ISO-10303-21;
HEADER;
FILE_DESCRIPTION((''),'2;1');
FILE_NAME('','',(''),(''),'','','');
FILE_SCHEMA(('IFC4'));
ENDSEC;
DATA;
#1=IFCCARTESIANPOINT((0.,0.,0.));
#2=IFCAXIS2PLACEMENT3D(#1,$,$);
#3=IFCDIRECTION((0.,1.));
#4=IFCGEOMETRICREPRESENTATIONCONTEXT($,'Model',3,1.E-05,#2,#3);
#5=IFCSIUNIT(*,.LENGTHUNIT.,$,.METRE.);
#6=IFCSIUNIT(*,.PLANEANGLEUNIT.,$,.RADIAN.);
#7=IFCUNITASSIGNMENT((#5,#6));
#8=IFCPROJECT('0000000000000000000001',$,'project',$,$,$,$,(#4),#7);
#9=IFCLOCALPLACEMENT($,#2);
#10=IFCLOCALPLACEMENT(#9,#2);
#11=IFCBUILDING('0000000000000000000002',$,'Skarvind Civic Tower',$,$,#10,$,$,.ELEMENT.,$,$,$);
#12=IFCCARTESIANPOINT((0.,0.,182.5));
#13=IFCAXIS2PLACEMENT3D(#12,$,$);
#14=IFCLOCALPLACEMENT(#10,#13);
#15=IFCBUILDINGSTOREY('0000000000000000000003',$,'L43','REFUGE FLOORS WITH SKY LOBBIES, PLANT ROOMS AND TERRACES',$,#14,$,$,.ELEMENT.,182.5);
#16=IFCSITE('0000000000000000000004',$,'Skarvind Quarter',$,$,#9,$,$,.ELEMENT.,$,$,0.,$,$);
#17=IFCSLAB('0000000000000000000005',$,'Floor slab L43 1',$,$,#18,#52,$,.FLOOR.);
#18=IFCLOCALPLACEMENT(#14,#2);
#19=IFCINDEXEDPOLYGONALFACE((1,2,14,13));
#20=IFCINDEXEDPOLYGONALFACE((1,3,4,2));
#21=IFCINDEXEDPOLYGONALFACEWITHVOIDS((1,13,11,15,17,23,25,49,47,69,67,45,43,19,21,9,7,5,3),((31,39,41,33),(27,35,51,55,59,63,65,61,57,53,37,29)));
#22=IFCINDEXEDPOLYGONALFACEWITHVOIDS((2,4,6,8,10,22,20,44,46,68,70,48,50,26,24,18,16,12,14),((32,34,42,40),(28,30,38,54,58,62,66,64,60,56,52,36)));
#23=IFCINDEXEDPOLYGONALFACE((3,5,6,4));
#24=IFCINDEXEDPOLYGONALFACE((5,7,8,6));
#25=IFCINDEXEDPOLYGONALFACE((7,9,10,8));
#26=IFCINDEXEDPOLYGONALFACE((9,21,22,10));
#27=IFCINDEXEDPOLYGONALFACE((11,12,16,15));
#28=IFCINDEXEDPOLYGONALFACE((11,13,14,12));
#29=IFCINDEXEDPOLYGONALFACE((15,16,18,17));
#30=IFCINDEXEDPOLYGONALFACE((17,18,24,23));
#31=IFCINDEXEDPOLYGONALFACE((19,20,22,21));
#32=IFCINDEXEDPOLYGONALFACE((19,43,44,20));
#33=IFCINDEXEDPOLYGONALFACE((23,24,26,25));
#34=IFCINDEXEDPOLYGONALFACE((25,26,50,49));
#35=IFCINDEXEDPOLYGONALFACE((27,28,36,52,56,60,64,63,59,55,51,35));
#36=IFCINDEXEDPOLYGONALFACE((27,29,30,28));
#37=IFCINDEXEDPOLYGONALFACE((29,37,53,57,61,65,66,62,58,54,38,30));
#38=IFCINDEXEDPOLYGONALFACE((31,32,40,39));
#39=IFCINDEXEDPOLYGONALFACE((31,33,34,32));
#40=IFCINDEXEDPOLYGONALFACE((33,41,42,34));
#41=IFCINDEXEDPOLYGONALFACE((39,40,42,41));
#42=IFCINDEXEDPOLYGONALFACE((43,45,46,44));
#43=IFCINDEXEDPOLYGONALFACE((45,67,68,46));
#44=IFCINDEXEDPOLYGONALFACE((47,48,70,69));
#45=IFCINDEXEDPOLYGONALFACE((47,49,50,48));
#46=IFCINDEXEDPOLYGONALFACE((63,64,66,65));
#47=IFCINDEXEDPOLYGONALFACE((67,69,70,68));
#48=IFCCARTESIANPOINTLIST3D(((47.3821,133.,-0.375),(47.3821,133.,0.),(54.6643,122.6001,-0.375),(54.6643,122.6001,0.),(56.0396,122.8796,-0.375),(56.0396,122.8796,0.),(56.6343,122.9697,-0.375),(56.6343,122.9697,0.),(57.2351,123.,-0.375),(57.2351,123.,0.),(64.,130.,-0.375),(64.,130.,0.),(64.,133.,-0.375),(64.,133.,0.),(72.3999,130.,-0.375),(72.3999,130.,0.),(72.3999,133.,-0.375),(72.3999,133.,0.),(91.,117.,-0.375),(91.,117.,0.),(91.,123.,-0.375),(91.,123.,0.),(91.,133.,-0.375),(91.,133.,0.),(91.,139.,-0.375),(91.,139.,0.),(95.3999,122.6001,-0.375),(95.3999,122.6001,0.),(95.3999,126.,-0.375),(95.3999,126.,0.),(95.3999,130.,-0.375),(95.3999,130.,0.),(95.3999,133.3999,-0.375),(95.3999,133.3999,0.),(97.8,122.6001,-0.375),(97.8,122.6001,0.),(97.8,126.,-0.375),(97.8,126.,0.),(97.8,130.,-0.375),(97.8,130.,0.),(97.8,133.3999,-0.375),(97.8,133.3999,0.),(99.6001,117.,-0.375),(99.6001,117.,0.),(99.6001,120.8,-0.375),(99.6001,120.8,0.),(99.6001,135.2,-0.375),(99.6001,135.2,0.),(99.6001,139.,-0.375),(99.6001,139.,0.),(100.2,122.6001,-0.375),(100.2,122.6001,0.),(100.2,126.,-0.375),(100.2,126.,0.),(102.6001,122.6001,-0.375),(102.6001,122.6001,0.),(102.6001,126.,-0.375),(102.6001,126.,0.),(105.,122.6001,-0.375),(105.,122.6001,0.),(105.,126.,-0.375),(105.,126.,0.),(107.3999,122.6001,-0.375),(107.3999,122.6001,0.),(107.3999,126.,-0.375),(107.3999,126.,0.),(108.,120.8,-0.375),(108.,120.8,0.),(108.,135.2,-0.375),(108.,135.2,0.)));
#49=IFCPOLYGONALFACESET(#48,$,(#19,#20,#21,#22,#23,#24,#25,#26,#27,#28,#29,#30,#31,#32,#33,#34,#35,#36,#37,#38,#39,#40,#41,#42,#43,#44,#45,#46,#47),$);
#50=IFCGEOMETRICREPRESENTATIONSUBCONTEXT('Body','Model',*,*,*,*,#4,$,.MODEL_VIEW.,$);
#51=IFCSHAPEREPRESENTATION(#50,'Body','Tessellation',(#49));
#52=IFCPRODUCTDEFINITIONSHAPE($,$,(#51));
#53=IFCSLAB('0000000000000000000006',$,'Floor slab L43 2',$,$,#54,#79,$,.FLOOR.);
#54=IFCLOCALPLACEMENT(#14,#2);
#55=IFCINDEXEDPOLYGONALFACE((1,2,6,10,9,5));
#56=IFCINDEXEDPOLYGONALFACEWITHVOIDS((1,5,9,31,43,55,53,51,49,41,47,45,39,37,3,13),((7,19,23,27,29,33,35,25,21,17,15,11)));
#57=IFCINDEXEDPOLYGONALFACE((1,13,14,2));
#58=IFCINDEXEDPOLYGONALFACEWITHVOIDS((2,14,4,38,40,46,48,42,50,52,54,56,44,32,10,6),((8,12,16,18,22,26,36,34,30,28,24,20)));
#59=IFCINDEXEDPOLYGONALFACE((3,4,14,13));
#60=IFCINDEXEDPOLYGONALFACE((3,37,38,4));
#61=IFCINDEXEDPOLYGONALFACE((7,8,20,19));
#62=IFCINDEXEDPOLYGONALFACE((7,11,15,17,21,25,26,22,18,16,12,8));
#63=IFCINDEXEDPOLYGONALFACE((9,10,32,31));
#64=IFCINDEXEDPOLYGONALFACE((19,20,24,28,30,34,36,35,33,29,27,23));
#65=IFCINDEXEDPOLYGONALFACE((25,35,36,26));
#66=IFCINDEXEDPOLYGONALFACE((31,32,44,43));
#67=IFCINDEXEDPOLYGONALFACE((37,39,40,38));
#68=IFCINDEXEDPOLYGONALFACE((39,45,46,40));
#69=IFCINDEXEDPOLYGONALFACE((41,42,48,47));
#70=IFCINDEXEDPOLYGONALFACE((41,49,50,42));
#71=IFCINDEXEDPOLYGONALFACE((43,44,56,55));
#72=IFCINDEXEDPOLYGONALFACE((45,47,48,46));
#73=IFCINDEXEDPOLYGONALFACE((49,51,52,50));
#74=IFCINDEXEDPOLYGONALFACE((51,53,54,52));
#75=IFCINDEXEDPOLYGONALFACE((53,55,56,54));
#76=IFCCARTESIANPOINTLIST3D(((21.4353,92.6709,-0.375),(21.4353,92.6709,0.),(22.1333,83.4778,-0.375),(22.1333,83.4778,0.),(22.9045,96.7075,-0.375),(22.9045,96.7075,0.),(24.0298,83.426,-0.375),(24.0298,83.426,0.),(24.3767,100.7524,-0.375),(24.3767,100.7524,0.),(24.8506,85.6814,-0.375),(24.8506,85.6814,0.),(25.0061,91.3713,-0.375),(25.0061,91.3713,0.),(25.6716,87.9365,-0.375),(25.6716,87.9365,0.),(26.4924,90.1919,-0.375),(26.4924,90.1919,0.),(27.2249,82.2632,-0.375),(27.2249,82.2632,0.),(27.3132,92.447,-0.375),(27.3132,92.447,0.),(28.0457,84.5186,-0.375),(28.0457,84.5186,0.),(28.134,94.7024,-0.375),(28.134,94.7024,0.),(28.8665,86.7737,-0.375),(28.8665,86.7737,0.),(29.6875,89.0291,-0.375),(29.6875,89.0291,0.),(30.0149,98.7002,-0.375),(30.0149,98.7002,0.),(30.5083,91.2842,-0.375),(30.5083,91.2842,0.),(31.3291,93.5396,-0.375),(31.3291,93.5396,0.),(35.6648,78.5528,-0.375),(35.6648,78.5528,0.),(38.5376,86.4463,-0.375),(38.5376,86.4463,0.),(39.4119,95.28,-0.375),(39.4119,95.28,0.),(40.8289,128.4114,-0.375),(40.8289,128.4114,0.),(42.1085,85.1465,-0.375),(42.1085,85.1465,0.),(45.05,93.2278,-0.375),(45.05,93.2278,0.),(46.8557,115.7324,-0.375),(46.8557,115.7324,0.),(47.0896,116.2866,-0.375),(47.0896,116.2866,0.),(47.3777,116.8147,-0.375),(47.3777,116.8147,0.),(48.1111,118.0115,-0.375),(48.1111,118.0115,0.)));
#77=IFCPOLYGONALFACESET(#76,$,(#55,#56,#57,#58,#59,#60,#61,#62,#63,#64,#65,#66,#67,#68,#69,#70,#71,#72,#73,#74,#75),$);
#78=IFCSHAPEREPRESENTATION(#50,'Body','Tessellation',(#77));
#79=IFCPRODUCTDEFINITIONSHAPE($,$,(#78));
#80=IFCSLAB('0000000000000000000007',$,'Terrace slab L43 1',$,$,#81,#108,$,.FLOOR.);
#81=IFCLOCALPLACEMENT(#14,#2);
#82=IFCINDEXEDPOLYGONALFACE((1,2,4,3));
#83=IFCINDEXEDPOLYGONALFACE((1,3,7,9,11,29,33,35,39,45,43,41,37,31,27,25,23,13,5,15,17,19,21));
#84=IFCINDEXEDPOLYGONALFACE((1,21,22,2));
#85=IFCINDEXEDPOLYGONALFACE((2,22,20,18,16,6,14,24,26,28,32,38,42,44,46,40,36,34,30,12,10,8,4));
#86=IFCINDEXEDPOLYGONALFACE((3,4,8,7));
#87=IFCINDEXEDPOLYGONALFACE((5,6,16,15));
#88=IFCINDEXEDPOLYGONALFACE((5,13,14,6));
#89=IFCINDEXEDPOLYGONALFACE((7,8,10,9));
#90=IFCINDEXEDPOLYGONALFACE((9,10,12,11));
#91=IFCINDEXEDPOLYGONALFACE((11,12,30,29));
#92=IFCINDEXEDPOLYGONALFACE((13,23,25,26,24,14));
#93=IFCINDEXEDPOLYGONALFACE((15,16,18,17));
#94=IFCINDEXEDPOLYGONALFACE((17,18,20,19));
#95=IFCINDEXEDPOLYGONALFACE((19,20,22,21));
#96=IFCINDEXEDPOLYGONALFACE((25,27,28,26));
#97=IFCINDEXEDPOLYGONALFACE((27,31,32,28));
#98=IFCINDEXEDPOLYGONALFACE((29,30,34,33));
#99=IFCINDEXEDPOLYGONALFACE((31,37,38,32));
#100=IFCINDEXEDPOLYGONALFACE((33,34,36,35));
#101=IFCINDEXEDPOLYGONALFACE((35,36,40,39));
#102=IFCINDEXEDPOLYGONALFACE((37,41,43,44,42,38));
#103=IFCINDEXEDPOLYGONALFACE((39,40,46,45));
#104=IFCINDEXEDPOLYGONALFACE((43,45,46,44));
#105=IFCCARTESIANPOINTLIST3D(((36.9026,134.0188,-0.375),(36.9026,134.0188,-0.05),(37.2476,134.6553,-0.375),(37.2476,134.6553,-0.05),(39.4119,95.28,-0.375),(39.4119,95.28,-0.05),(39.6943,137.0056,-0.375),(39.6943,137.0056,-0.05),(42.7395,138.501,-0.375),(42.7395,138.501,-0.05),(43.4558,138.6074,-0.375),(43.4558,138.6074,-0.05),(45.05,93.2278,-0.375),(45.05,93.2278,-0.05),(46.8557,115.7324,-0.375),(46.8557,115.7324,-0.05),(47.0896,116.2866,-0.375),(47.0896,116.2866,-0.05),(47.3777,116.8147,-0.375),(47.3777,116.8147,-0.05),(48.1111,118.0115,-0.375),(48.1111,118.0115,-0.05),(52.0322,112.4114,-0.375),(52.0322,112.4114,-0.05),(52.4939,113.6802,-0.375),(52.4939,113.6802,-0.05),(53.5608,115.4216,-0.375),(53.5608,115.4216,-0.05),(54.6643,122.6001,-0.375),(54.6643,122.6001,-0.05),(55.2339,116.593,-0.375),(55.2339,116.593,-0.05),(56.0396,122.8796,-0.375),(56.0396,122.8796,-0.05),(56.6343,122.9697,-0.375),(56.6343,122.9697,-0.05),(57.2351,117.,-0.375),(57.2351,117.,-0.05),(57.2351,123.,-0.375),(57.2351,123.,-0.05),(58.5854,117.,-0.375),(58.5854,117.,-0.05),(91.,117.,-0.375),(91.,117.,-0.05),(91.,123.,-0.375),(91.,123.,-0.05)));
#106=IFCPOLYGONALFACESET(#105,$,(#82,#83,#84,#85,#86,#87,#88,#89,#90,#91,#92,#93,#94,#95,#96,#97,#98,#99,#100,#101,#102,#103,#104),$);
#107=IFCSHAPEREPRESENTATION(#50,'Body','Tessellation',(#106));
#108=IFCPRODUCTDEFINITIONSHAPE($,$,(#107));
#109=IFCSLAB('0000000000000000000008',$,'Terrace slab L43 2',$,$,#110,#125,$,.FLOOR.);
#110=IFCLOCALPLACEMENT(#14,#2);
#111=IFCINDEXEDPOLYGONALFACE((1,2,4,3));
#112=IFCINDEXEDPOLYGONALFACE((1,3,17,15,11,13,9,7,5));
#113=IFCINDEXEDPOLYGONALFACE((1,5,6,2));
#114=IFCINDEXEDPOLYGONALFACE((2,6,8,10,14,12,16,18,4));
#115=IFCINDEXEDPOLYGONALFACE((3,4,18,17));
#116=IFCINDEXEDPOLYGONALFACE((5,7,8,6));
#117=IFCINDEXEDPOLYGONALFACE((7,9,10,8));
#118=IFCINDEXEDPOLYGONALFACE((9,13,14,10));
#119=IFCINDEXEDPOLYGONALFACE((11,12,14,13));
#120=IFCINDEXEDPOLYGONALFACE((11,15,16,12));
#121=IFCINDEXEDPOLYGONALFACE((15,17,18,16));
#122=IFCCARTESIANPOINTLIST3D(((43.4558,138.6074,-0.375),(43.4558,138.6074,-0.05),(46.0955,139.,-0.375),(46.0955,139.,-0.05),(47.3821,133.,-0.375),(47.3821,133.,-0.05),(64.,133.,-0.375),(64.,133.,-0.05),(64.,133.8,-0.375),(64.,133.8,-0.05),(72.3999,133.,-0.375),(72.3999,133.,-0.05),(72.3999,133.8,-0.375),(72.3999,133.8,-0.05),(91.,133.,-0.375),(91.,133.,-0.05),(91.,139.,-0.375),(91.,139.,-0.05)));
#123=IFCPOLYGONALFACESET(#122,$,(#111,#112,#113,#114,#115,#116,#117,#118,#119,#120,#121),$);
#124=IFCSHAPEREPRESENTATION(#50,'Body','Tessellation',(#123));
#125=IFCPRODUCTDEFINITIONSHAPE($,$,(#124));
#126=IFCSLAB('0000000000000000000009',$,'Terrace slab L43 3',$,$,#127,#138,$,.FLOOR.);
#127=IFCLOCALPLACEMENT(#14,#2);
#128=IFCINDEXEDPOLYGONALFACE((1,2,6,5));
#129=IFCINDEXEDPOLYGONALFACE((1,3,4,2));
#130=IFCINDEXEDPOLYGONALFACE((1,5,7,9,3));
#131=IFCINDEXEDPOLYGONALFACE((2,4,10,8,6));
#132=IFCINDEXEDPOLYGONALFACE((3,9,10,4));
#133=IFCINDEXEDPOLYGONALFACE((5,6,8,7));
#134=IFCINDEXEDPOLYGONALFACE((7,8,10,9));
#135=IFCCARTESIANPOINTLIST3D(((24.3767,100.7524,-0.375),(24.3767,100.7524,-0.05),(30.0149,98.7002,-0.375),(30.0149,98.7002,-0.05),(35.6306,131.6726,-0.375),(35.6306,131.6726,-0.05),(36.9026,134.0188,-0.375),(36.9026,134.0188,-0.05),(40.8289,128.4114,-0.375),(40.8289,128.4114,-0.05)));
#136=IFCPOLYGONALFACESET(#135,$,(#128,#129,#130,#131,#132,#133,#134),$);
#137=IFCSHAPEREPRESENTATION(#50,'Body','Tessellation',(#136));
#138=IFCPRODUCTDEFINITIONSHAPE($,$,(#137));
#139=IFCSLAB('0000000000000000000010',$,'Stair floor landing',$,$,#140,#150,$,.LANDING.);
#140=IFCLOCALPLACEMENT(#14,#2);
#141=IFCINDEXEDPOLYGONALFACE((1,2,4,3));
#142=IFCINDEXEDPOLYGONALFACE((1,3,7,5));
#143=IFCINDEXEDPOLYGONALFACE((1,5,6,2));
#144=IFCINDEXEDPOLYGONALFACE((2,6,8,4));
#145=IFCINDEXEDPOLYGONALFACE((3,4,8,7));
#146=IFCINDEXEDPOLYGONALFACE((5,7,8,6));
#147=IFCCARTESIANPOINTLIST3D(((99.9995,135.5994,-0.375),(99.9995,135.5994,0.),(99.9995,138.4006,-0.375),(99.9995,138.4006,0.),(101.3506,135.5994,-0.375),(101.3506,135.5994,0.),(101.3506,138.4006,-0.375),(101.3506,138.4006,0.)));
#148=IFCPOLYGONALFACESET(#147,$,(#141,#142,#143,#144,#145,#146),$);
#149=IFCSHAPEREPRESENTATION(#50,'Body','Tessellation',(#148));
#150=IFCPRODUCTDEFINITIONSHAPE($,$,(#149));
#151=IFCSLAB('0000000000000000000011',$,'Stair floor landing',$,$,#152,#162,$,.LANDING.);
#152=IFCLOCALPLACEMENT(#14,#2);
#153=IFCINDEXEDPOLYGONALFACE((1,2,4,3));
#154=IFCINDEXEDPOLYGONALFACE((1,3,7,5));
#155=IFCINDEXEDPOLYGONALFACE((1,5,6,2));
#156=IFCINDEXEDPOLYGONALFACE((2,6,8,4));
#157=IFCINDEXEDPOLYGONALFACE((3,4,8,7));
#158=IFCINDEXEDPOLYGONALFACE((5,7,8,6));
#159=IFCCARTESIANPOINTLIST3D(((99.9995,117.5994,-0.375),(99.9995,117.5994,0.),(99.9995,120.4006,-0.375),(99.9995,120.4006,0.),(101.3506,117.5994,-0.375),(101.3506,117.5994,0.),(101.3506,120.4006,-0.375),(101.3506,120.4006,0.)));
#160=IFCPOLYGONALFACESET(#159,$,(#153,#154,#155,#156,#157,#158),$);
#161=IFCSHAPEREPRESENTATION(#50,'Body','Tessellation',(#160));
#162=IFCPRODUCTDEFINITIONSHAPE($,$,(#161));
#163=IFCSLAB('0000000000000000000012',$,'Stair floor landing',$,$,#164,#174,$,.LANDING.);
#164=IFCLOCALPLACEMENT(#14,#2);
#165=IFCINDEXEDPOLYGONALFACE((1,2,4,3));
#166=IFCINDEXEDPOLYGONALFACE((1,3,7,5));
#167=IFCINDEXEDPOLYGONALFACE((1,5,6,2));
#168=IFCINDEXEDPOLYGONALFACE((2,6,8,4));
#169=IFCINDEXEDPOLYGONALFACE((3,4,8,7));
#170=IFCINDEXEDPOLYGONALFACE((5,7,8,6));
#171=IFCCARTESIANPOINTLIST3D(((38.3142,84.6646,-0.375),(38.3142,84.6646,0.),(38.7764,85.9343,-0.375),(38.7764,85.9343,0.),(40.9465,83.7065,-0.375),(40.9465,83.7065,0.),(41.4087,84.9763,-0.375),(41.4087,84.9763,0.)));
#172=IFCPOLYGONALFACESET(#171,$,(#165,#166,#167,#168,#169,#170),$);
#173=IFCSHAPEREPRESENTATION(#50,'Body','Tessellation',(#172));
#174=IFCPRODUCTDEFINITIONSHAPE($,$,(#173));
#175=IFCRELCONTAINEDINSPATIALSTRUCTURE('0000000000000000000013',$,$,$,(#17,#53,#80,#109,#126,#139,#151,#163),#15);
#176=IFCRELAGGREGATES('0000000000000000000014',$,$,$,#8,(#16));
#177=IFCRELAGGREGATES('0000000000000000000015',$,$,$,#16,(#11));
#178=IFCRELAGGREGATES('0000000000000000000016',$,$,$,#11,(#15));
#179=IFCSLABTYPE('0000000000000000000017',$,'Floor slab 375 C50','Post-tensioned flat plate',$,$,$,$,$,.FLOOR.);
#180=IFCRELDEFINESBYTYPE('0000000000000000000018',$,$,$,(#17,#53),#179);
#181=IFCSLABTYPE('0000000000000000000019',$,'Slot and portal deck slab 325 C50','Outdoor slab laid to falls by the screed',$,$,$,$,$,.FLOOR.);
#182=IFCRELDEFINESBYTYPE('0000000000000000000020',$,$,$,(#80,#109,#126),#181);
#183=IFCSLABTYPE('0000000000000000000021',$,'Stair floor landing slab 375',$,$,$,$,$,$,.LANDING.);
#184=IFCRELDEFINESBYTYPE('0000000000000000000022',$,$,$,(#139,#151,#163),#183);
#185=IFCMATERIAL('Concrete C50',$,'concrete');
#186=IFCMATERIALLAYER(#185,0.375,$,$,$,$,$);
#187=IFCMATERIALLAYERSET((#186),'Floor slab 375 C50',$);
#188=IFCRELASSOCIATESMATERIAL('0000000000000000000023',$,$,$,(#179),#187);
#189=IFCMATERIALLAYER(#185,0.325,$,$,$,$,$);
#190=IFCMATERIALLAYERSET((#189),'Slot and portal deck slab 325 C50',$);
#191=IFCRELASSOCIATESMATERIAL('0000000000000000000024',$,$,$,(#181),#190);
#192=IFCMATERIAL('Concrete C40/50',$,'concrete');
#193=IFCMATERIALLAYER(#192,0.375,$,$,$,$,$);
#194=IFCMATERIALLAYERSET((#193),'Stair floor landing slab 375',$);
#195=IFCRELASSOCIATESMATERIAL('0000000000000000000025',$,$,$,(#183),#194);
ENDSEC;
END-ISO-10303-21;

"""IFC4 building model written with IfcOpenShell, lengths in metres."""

from ifc_helpers import new_model, si_unit, direction, frame, origin, place, context, subcontext, project, spatial, polyline, outline, extrude, material, layer, layer_set, type_object, element, save


model = new_model("IFC4")

# Units and contexts
model_context = context("Model", 3, precision=1e-05, world=origin(), true_north=direction((0.0, 1.0)))
body_context = subcontext(model_context, "Body", "Model", "MODEL_VIEW")
ifc_project = project(units=[si_unit("LENGTHUNIT", "METRE"), si_unit("PLANEANGLEUNIT", "RADIAN")], contexts=[model_context])

# Site, building, storey
site_placement = place(None, origin())
site = spatial("IfcSite", under=ifc_project, at=site_placement, Name="Skarvind Quarter", CompositionType="ELEMENT", RefElevation=0.0)
building_placement = place(site_placement, origin())
building = spatial("IfcBuilding", under=site, at=building_placement, Name="Skarvind Civic Tower", CompositionType="ELEMENT")
storey_placement = place(building_placement, frame((0.0, 0.0, 182.5)))
storey = spatial("IfcBuildingStorey", under=building, at=storey_placement, Name="L43", Description="REFUGE FLOORS WITH SKY LOBBIES, PLANT ROOMS AND TERRACES", CompositionType="ELEMENT", Elevation=182.5)

# Slabs
ifc_material_1 = material(Name="Concrete C50", Category="concrete")
ifc_layer_1 = layer(ifc_material_1, 0.375)
ifc_layer_set_1 = layer_set([ifc_layer_1], Name="Floor slab 375 C50")
slab_type_1 = type_object("IfcSlabType", Name="Floor slab 375 C50", Description="Post-tensioned flat plate", PredefinedType="FLOOR", material=ifc_layer_set_1)
slab_1_placement = place(storey_placement, frame((0.0, 0.0, -0.375)))
element("IfcSlab", 1, at=slab_1_placement, inside=storey, type_object=slab_type_1, Name="Floor slab L43 1", PredefinedType="FLOOR", context=body_context, shape_type="SweptSolid", body=[
    extrude(outline(polyline([(72.3999, 133.0), (72.3999, 130.0), (64.0, 130.0), (64.0, 133.0), (47.3821, 133.0), (54.6643, 122.6001), (56.0396, 122.8796), (56.6343, 122.9697), (57.2351, 123.0), (91.0, 123.0), (91.0, 117.0), (99.6001, 117.0), (99.6001, 120.8), (108.0, 120.8), (108.0, 135.2), (99.6001, 135.2), (99.6001, 139.0), (91.0, 139.0), (91.0, 133.0), (72.3999, 133.0)]), holes=[polyline([(97.8, 126.0), (100.2, 126.0), (102.6001, 126.0), (105.0, 126.0), (107.3999, 126.0), (107.3999, 122.6001), (105.0, 122.6001), (102.6001, 122.6001), (100.2, 122.6001), (97.8, 122.6001), (95.3999, 122.6001), (95.3999, 126.0), (97.8, 126.0)]), polyline([(97.8, 133.3999), (97.8, 130.0), (95.3999, 130.0), (95.3999, 133.3999), (97.8, 133.3999)])]), origin(), (0.0, 0.0, 1.0), 0.375),
])
slab_2_placement = place(storey_placement, frame((0.0, 0.0, -0.375)))
element("IfcSlab", 2, at=slab_2_placement, inside=storey, type_object=slab_type_1, Name="Floor slab L43 2", PredefinedType="FLOOR", context=body_context, shape_type="SweptSolid", body=[
    extrude(outline(polyline([(47.0896, 116.2866), (47.3777, 116.8147), (48.1111, 118.0115), (40.8289, 128.4114), (30.0149, 98.7002), (24.3767, 100.7524), (22.9045, 96.7075), (19.4753, 87.2861), (19.4175, 87.1267), (21.4353, 92.6709), (25.0061, 91.3713), (22.1333, 83.4778), (36.8865, 78.1082), (35.6648, 78.5527), (38.5376, 86.4463), (42.1086, 85.1465), (42.0154, 84.8906), (45.05, 93.2278), (39.4119, 95.28), (46.8557, 115.7324), (47.0896, 116.2866)]), holes=[polyline([(25.6716, 87.9365), (26.4924, 90.1919), (27.3132, 92.447), (28.134, 94.7024), (31.3291, 93.5396), (30.5083, 91.2842), (29.6875, 89.0291), (28.8665, 86.7737), (28.8665, 86.7737), (28.0457, 84.5186), (27.2249, 82.2632), (24.0298, 83.426), (24.8506, 85.6814), (25.6716, 87.9365), (25.6716, 87.9365)])]), origin(), (0.0, 0.0, 1.0), 0.375),
])
ifc_layer_2 = layer(ifc_material_1, 0.325)
ifc_layer_set_2 = layer_set([ifc_layer_2], Name="Slot and portal deck slab 325 C50")
slab_type_2 = type_object("IfcSlabType", Name="Slot and portal deck slab 325 C50", Description="Outdoor slab laid to falls by the screed", PredefinedType="FLOOR", material=ifc_layer_set_2)
slab_3_placement = place(storey_placement, frame((0.0, 0.0, -0.375)))
element("IfcSlab", 3, at=slab_3_placement, inside=storey, type_object=slab_type_2, Name="Terrace slab L43 1", PredefinedType="FLOOR", context=body_context, shape_type="SweptSolid", body=[
    extrude(outline(polyline([(46.8557, 115.7324), (39.4119, 95.28), (45.05, 93.2278), (52.0322, 112.4114), (52.4939, 113.6802), (53.5608, 115.4216), (55.2339, 116.593), (57.2351, 117.0), (58.5854, 117.0), (91.0, 117.0), (91.0, 123.0), (57.2351, 123.0), (56.6343, 122.9697), (56.0396, 122.8796), (54.6643, 122.6001), (43.4558, 138.6074), (42.7395, 138.501), (39.6943, 137.0056), (37.2476, 134.6553), (36.9026, 134.0188), (48.1111, 118.0115), (47.3777, 116.8147), (47.0896, 116.2866), (46.8557, 115.7324)])), origin(), (0.0, 0.0, 1.0), 0.325),
])
slab_4_placement = place(storey_placement, frame((0.0, 0.0, -0.375)))
element("IfcSlab", 4, at=slab_4_placement, inside=storey, type_object=slab_type_2, Name="Terrace slab L43 2", PredefinedType="FLOOR", context=body_context, shape_type="SweptSolid", body=[
    extrude(outline(polyline([(72.3999, 133.0), (91.0, 133.0), (91.0, 139.0), (46.0955, 139.0), (43.4558, 138.6074), (47.3821, 133.0), (64.0, 133.0), (64.0, 133.8), (72.3999, 133.8), (72.3999, 133.0)])), origin(), (0.0, 0.0, 1.0), 0.325),
])
slab_5_placement = place(storey_placement, frame((0.0, 0.0, -0.375)))
element("IfcSlab", 5, at=slab_5_placement, inside=storey, type_object=slab_type_2, Name="Terrace slab L43 3", PredefinedType="FLOOR", context=body_context, shape_type="SweptSolid", body=[
    extrude(outline(polyline([(30.0149, 98.7002), (40.8289, 128.4114), (36.9026, 134.0188), (35.6306, 131.6726), (24.3767, 100.7524), (30.0149, 98.7002)])), origin(), (0.0, 0.0, 1.0), 0.325),
])
ifc_material_2 = material(Name="Concrete C40/50", Category="concrete")
ifc_layer_3 = layer(ifc_material_2, 0.375)
ifc_layer_set_3 = layer_set([ifc_layer_3], Name="Stair floor landing slab 375")
slab_type_3 = type_object("IfcSlabType", Name="Stair floor landing slab 375", PredefinedType="LANDING", material=ifc_layer_set_3)
slab_6_placement = place(storey_placement, frame((0.0, 0.0, -0.375)))
element("IfcSlab", 6, at=slab_6_placement, inside=storey, type_object=slab_type_3, Name="Stair floor landing", PredefinedType="LANDING", context=body_context, shape_type="SweptSolid", body=[
    extrude(outline(polyline([(101.3506, 138.4006), (101.3506, 135.5994), (99.9995, 135.5994), (99.9995, 138.4006), (101.3506, 138.4006)])), origin(), (0.0, 0.0, 1.0), 0.375),
])
slab_7_placement = place(storey_placement, frame((0.0, 0.0, -0.375)))
element("IfcSlab", 7, at=slab_7_placement, inside=storey, type_object=slab_type_3, Name="Stair floor landing", PredefinedType="LANDING", context=body_context, shape_type="SweptSolid", body=[
    extrude(outline(polyline([(101.3506, 120.4006), (101.3506, 117.5994), (99.9995, 117.5994), (99.9995, 120.4006), (101.3506, 120.4006)])), origin(), (0.0, 0.0, 1.0), 0.375),
])
slab_8_placement = place(storey_placement, frame((0.0, 0.0, -0.375)))
element("IfcSlab", 8, at=slab_8_placement, inside=storey, type_object=slab_type_3, Name="Stair floor landing", PredefinedType="LANDING", context=body_context, shape_type="SweptSolid", body=[
    extrude(outline(polyline([(40.9465, 83.7065), (38.3142, 84.6646), (38.7764, 85.9343), (41.4087, 84.9763), (40.9465, 83.7065)])), origin(), (0.0, 0.0, 1.0), 0.375),
])

save(model, "model.ifc")
